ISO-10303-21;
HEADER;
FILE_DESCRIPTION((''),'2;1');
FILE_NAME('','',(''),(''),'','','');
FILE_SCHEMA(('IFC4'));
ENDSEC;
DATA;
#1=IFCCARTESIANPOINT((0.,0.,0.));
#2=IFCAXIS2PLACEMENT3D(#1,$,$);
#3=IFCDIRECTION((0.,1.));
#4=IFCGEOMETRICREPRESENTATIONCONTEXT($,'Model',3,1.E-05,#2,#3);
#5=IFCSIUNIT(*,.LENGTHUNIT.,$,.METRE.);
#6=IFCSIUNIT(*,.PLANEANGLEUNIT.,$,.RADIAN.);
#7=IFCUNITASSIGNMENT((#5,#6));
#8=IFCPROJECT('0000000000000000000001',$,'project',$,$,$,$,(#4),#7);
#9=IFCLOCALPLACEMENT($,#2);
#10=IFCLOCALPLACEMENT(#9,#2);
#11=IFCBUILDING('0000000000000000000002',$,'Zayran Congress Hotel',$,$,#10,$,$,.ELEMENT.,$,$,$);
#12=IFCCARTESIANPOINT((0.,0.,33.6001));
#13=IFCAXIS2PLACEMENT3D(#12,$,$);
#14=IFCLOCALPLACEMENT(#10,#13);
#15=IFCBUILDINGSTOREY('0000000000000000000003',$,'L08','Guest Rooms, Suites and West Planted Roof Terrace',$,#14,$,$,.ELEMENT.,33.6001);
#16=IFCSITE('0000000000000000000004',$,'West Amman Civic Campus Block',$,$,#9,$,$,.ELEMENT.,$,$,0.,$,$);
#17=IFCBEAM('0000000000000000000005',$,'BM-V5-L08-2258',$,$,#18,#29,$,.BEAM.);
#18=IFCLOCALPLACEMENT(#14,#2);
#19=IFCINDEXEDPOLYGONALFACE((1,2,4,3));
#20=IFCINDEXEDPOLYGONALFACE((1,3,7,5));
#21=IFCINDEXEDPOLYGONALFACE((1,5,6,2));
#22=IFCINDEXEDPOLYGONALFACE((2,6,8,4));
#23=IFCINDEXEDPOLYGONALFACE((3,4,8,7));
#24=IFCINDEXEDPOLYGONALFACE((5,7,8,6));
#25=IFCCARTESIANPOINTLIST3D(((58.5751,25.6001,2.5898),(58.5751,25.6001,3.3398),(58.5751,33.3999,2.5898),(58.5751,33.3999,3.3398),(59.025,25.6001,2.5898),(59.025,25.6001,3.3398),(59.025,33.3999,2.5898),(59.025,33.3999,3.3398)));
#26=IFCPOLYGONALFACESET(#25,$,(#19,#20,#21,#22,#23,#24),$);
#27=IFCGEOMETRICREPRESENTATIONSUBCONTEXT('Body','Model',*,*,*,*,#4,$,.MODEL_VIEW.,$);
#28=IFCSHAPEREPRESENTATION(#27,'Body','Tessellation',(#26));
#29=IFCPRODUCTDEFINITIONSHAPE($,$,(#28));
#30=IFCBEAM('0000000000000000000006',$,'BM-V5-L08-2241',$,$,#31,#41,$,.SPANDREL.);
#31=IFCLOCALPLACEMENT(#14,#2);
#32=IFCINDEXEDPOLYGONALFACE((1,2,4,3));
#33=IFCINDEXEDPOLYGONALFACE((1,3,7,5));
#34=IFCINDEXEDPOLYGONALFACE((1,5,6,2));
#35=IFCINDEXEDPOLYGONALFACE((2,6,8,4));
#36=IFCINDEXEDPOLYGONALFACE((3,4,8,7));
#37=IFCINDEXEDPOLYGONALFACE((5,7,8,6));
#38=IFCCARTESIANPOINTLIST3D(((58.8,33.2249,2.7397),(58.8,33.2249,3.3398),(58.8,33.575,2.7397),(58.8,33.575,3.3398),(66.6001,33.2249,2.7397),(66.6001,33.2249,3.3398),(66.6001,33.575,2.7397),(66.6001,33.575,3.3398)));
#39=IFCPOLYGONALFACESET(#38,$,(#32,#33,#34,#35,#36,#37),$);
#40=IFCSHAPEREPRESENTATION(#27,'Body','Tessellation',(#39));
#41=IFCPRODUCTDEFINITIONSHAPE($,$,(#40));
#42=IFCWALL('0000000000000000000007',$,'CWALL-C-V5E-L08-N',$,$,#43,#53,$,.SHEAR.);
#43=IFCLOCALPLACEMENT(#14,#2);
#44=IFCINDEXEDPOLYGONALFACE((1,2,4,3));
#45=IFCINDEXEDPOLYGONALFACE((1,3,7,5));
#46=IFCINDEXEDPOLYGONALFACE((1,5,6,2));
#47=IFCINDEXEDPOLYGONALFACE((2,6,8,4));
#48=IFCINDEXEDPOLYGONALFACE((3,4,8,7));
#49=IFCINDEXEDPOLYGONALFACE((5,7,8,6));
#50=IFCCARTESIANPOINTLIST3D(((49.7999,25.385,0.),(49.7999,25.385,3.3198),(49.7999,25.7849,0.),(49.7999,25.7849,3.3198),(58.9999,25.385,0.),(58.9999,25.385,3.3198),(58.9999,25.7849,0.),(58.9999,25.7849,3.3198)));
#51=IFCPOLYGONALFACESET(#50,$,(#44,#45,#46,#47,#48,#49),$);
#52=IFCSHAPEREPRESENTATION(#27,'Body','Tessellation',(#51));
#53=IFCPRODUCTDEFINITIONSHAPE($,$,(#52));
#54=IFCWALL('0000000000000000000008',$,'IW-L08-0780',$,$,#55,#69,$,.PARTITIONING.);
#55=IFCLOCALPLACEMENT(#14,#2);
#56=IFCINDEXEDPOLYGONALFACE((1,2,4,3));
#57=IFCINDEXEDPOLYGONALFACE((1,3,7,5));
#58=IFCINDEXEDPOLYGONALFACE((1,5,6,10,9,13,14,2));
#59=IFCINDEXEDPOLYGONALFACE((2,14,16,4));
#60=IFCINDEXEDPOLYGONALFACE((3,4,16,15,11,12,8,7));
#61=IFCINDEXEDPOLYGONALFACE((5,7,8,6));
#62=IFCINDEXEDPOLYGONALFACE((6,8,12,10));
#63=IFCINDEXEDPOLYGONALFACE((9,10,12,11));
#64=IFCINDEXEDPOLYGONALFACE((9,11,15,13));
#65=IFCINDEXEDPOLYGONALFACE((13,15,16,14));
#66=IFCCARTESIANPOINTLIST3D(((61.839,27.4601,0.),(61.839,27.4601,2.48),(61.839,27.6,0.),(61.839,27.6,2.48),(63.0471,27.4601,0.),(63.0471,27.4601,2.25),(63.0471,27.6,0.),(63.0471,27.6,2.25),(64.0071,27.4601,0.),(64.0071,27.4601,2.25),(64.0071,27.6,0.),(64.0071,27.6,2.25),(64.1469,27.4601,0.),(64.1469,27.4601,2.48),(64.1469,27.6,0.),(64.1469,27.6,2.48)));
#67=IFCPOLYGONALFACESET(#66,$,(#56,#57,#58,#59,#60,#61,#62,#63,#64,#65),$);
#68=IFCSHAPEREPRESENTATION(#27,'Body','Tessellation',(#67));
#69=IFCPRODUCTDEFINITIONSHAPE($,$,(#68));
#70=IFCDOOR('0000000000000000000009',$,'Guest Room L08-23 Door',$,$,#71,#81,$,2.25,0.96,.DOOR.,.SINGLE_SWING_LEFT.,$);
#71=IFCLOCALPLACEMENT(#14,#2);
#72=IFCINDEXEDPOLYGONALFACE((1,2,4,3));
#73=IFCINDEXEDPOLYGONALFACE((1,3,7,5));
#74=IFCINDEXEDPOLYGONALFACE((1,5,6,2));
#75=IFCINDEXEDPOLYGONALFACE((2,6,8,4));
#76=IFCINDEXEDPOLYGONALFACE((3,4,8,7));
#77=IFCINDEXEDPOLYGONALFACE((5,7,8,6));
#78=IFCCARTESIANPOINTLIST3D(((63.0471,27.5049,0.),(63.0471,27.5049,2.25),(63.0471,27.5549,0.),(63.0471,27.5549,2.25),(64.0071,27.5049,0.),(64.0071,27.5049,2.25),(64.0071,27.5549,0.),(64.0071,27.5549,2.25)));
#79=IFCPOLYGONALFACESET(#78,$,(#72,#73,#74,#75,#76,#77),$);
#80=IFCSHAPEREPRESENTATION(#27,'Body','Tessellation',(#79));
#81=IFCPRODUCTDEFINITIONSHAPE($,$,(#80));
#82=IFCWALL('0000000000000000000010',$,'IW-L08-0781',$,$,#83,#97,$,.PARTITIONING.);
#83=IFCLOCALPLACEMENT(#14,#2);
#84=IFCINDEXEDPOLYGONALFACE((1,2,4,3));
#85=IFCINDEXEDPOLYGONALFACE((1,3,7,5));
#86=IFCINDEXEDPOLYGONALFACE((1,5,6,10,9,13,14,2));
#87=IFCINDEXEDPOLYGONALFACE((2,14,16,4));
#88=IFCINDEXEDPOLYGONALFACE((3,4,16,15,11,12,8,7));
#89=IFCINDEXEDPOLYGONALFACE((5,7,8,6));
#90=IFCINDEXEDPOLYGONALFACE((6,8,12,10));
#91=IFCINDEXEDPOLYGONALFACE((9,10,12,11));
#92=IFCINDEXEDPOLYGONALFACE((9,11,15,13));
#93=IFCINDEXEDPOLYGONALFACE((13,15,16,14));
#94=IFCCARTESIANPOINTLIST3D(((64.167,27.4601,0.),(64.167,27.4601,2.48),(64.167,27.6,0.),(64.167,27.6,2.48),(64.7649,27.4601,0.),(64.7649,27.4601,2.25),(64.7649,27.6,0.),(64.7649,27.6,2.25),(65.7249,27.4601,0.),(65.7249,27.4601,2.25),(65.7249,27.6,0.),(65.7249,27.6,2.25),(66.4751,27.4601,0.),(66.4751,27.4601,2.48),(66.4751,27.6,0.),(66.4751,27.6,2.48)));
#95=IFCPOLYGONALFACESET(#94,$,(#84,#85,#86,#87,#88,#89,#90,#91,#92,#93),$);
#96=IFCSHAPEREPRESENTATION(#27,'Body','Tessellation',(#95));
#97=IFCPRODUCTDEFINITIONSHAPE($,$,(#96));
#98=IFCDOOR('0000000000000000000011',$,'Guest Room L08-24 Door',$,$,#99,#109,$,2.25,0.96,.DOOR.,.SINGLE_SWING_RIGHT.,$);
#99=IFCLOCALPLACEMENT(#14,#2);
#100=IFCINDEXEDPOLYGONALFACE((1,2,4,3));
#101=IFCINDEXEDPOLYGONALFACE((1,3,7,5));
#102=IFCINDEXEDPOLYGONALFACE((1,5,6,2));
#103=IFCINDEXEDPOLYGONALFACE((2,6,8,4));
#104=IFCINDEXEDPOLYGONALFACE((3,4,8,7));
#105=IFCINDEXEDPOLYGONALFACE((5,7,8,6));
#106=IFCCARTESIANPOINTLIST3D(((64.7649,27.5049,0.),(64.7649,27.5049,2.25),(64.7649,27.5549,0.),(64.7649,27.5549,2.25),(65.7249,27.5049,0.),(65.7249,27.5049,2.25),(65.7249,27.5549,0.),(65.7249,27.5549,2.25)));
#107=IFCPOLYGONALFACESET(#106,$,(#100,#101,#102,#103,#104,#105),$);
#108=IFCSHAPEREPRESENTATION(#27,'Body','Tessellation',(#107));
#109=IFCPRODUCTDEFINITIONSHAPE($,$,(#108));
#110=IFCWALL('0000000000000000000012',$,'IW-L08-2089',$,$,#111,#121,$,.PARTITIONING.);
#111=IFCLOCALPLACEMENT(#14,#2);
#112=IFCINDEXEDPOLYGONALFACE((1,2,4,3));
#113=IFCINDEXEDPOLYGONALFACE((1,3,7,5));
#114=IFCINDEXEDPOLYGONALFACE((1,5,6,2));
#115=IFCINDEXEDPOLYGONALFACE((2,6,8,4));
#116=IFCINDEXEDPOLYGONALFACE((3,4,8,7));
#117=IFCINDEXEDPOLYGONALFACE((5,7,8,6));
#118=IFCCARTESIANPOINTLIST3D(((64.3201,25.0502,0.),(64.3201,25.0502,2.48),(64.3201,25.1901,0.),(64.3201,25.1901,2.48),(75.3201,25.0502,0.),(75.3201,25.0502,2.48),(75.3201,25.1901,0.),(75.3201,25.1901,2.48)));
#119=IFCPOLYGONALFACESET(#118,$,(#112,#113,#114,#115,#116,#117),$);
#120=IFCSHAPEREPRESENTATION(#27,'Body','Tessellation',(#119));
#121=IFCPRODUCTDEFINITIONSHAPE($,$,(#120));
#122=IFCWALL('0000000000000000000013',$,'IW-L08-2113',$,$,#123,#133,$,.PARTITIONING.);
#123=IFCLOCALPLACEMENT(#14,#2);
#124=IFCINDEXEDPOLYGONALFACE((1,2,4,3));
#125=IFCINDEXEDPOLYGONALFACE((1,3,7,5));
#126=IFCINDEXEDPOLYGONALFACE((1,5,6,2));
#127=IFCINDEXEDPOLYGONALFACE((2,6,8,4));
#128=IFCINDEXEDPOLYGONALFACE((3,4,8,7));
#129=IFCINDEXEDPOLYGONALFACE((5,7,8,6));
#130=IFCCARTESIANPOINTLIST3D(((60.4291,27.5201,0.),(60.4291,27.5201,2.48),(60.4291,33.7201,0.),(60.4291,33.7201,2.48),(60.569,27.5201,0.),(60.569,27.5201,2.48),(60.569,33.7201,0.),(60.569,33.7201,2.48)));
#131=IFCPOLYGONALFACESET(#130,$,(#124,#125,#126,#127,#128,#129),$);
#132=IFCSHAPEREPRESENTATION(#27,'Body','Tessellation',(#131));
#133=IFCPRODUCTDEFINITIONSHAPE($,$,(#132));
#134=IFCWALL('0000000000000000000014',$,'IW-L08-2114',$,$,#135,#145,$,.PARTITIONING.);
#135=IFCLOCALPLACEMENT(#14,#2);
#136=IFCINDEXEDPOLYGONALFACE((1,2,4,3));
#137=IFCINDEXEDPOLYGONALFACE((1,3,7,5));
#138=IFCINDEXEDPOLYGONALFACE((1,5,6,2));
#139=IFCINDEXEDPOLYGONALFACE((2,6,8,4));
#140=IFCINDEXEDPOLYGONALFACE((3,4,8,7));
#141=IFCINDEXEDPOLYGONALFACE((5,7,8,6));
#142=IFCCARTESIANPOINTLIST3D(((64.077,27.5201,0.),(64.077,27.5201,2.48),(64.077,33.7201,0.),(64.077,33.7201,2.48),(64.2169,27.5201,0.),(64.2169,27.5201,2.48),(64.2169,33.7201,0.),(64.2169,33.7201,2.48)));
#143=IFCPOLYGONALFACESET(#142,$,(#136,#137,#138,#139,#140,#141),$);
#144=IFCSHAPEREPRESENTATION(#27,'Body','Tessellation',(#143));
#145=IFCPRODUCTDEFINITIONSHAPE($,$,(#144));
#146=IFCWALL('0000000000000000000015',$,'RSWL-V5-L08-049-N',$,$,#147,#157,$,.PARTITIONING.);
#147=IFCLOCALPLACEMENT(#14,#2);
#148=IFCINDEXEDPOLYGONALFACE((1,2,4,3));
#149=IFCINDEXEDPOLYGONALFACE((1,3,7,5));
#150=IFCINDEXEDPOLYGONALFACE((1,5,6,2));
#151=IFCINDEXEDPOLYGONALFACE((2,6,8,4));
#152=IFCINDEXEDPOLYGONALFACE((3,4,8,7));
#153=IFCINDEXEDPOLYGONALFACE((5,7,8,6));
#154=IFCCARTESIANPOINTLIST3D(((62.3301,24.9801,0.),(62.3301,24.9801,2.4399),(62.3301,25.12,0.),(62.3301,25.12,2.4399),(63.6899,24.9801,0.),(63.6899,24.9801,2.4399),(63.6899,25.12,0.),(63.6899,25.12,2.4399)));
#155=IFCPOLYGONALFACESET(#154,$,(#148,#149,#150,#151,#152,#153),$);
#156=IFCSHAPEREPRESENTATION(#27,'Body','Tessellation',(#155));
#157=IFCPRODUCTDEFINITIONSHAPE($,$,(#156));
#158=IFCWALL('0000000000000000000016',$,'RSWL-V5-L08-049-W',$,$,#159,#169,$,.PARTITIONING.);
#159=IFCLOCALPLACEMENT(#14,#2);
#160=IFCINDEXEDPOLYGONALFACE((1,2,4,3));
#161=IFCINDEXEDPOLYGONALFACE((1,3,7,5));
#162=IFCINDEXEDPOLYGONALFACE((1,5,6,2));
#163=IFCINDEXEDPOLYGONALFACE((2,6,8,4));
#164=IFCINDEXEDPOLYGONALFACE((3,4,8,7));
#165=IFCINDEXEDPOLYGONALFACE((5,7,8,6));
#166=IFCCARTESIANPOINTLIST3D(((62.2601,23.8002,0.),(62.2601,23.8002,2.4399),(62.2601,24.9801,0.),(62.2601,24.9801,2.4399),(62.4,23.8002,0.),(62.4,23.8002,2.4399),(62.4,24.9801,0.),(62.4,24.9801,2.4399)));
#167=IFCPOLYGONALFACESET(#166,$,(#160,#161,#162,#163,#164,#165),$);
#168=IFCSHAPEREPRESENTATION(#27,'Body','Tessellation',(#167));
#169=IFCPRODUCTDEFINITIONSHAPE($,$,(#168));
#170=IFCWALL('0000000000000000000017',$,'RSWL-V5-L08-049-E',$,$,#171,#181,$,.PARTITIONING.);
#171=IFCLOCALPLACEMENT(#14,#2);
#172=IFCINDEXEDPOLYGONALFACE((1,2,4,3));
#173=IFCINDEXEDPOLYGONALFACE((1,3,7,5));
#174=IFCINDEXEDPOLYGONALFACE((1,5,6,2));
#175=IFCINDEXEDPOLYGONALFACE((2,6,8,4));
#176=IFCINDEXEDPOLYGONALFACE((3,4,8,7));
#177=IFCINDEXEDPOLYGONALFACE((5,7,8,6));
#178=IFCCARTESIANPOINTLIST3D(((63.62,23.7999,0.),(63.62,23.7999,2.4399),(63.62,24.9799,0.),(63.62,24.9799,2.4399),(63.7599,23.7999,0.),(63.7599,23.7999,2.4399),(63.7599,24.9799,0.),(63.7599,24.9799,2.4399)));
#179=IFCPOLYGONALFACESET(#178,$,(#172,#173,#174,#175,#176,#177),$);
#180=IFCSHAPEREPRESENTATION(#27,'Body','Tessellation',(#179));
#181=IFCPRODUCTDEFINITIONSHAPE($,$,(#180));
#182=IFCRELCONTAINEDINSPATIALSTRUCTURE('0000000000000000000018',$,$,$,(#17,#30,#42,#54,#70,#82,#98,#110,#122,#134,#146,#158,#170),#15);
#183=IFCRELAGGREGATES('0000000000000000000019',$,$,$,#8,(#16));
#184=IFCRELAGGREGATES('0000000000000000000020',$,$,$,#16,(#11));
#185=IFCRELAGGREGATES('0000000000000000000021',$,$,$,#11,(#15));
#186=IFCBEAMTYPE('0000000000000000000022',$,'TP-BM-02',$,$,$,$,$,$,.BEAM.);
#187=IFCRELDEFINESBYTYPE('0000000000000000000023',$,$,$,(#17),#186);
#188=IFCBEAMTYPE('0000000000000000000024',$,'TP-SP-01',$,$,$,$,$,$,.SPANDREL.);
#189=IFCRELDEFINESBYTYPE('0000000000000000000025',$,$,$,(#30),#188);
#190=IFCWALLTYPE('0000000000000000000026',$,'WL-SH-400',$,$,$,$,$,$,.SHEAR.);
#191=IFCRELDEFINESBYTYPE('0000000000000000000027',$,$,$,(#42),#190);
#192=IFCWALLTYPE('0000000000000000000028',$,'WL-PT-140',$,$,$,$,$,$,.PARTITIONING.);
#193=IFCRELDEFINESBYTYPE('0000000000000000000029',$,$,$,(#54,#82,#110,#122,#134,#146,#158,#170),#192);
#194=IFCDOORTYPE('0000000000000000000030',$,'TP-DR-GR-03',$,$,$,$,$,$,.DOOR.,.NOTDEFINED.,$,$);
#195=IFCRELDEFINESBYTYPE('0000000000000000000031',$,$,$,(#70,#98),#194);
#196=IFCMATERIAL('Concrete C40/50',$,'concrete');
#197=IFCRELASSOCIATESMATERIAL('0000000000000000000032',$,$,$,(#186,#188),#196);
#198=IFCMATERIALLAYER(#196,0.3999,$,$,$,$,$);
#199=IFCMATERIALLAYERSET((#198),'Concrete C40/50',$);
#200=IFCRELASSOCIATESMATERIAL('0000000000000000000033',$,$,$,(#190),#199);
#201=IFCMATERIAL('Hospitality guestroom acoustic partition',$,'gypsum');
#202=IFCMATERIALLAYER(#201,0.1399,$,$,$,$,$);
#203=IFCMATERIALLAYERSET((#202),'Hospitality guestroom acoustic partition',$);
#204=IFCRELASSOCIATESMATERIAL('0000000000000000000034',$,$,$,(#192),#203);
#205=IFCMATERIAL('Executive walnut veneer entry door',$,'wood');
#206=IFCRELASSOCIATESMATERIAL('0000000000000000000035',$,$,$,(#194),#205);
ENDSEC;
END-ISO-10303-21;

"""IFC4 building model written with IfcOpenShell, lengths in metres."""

from ifc_helpers import new_model, si_unit, direction, frame, frame_2d, origin, origin_2d, place, context, subcontext, project, spatial, rectangle, extrude, material, layer, layer_set, material_profile, profile_set, type_object, element, fill, save


model = new_model("IFC4")

# Units and contexts
model_context = context("Model", 3, precision=1e-05, world=origin(), true_north=direction((0.0, 1.0)))
body_context = subcontext(model_context, "Body", "Model", "MODEL_VIEW")
ifc_project = project(units=[si_unit("LENGTHUNIT", "METRE"), si_unit("PLANEANGLEUNIT", "RADIAN")], contexts=[model_context])

# Site, building, storey
site_placement = place(None, origin())
site = spatial("IfcSite", under=ifc_project, at=site_placement, Name="West Amman Civic Campus Block", CompositionType="ELEMENT", RefElevation=0.0)
building_placement = place(site_placement, origin())
building = spatial("IfcBuilding", under=site, at=building_placement, Name="Zayran Congress Hotel", CompositionType="ELEMENT")
storey_placement = place(building_placement, frame((0.0, 0.0, 33.6001)))
storey = spatial("IfcBuildingStorey", under=building, at=storey_placement, Name="L08", Description="Guest Rooms, Suites and West Planted Roof Terrace", CompositionType="ELEMENT", Elevation=33.6001)

# Beams
ifc_material_1 = material(Name="Concrete C40/50", Category="concrete")
ifc_material_profile_1 = material_profile(ifc_material_1, rectangle(XDim=0.45, YDim=0.75, at=origin_2d()), Name="RC 450x750")
ifc_profile_set_1 = profile_set([ifc_material_profile_1], Name="Concrete C40/50")
beam_type_1 = type_object("IfcBeamType", Name="TP-BM-02", PredefinedType="BEAM", material=ifc_profile_set_1)
beam_1_placement = place(storey_placement, frame((58.8, 25.6001, 2.9648), z_axis=(0.0, 1.0, 0.0), x_axis=(-1.0, 0.0, 0.0)))
element("IfcBeam", 1, at=beam_1_placement, inside=storey, type_object=beam_type_1, Name="BM-V5-L08-2258", PredefinedType="BEAM", context=body_context, shape_type="SweptSolid", body=[
    extrude(rectangle(XDim=0.45, YDim=0.75, at=origin_2d()), origin(), (0.0, 0.0, 1.0), 7.7998),
])
ifc_material_profile_2 = material_profile(ifc_material_1, rectangle(XDim=0.3501, YDim=0.6001, at=origin_2d()), Name="RC 350x600")
ifc_profile_set_2 = profile_set([ifc_material_profile_2], Name="Concrete C40/50")
beam_type_2 = type_object("IfcBeamType", Name="TP-SP-01", PredefinedType="SPANDREL", material=ifc_profile_set_2)
beam_2_placement = place(storey_placement, frame((58.8, 33.3999, 3.0398), z_axis=(1.0, 0.0, 0.0), x_axis=(0.0, 1.0, 0.0)))
element("IfcBeam", 2, at=beam_2_placement, inside=storey, type_object=beam_type_2, Name="BM-V5-L08-2241", PredefinedType="SPANDREL", context=body_context, shape_type="SweptSolid", body=[
    extrude(rectangle(XDim=0.3501, YDim=0.6001, at=origin_2d()), origin(), (0.0, 0.0, 1.0), 7.8),
])

# Wall
ifc_layer_1 = layer(ifc_material_1, 0.3999)
ifc_layer_set_1 = layer_set([ifc_layer_1], Name="Concrete C40/50")
wall_type_1 = type_object("IfcWallType", Name="WL-SH-400", PredefinedType="SHEAR", material=ifc_layer_set_1)
wall_1_placement = place(storey_placement, frame((59.0, 25.585, 0.0), z_axis=(0.0, 0.0, 1.0), x_axis=(-1.0, 0.0, 0.0)))
element("IfcWall", 3, at=wall_1_placement, inside=storey, type_object=wall_type_1, Name="CWALL-C-V5E-L08-N", PredefinedType="SHEAR", context=body_context, shape_type="SweptSolid", body=[
    extrude(rectangle(XDim=9.2, YDim=0.3999, at=frame_2d((4.6001, 0.0))), origin(), (0.0, 0.0, 1.0), 3.3198),
])

# Walls, openings, doors
ifc_material_2 = material(Name="Hospitality guestroom acoustic partition", Category="gypsum")
ifc_layer_2 = layer(ifc_material_2, 0.1399)
ifc_layer_set_2 = layer_set([ifc_layer_2], Name="Hospitality guestroom acoustic partition")
wall_type_2 = type_object("IfcWallType", Name="WL-PT-140", PredefinedType="PARTITIONING", material=ifc_layer_set_2)
wall_2_placement = place(storey_placement, frame((61.8391, 27.53, 0.0), z_axis=(0.0, 0.0, 1.0), x_axis=(1.0, 0.0, 0.0)))
wall_2 = element("IfcWall", 4, at=wall_2_placement, inside=storey, type_object=wall_type_2, Name="IW-L08-0780", PredefinedType="PARTITIONING", context=body_context, shape_type="SweptSolid", body=[
    extrude(rectangle(XDim=2.3079, YDim=0.1399, at=frame_2d((1.1538, 0.0))), origin(), (0.0, 0.0, 1.0), 2.48),
])
opening_1_placement = place(wall_2_placement, frame((1.208, 0.0, 0.0)))
opening_1 = element("IfcOpeningElement", 5, at=opening_1_placement, cuts=wall_2, PredefinedType="OPENING", context=body_context, shape_type="SweptSolid", body=[
    extrude(rectangle(XDim=0.96, YDim=2.25, at=frame_2d((0.48, 1.125))), frame((0.0, 0.0798, 0.0), z_axis=(0.0, -1.0, 0.0), x_axis=(1.0, 0.0, 0.0)), (0.0, 0.0, 1.0), 0.1599),
])
ifc_material_3 = material(Name="Executive walnut veneer entry door", Category="wood")
door_type_1 = type_object("IfcDoorType", Name="TP-DR-GR-03", OperationType="NOTDEFINED", PredefinedType="DOOR", material=ifc_material_3)
door_1_placement = place(opening_1_placement, origin())
door_1 = element("IfcDoor", 6, at=door_1_placement, inside=storey, type_object=door_type_1, Name="Guest Room L08-23 Door", OperationType="SINGLE_SWING_LEFT", OverallHeight=2.25, OverallWidth=0.96, PredefinedType="DOOR", context=body_context, shape_type="SweptSolid", body=[
    extrude(rectangle(XDim=0.96, YDim=2.25, at=frame_2d((0.48, 1.125))), frame((0.0, 0.0249, 0.0), z_axis=(0.0, -1.0, 0.0), x_axis=(1.0, 0.0, 0.0)), (0.0, 0.0, 1.0), 0.05),
])
fill(opening_1, door_1)
wall_3_placement = place(storey_placement, frame((64.167, 27.53, 0.0), z_axis=(0.0, 0.0, 1.0), x_axis=(1.0, 0.0, 0.0)))
wall_3 = element("IfcWall", 7, at=wall_3_placement, inside=storey, type_object=wall_type_2, Name="IW-L08-0781", PredefinedType="PARTITIONING", context=body_context, shape_type="SweptSolid", body=[
    extrude(rectangle(XDim=2.3081, YDim=0.1399, at=frame_2d((1.1541, 0.0))), origin(), (0.0, 0.0, 1.0), 2.48),
])
opening_2_placement = place(wall_3_placement, frame((0.5979, 0.0, 0.0)))
opening_2 = element("IfcOpeningElement", 8, at=opening_2_placement, cuts=wall_3, PredefinedType="OPENING", context=body_context, shape_type="SweptSolid", body=[
    extrude(rectangle(XDim=0.96, YDim=2.25, at=frame_2d((0.48, 1.125))), frame((0.0, 0.0798, 0.0), z_axis=(0.0, -1.0, 0.0), x_axis=(1.0, 0.0, 0.0)), (0.0, 0.0, 1.0), 0.1599),
])
door_2_placement = place(opening_2_placement, origin())
door_2 = element("IfcDoor", 9, at=door_2_placement, inside=storey, type_object=door_type_1, Name="Guest Room L08-24 Door", OperationType="SINGLE_SWING_RIGHT", OverallHeight=2.25, OverallWidth=0.96, PredefinedType="DOOR", context=body_context, shape_type="SweptSolid", body=[
    extrude(rectangle(XDim=0.96, YDim=2.25, at=frame_2d((0.48, 1.125))), frame((0.0, 0.0249, 0.0), z_axis=(0.0, -1.0, 0.0), x_axis=(1.0, 0.0, 0.0)), (0.0, 0.0, 1.0), 0.05),
])
fill(opening_2, door_2)

# Walls
wall_4_placement = place(storey_placement, frame((64.3201, 25.1201, 0.0), z_axis=(0.0, 0.0, 1.0), x_axis=(1.0, 0.0, 0.0)))
element("IfcWall", 10, at=wall_4_placement, inside=storey, type_object=wall_type_2, Name="IW-L08-2089", PredefinedType="PARTITIONING", context=body_context, shape_type="SweptSolid", body=[
    extrude(rectangle(XDim=11.0, YDim=0.1399, at=frame_2d((5.5, 0.0))), origin(), (0.0, 0.0, 1.0), 2.48),
])
for number, where, z_axis, x_axis, name in (
    (11, (60.499, 27.52, 0.0), (0.0, 0.0, 1.0), (0.0, 1.0, 0.0), "IW-L08-2113"),
    (12, (64.147, 27.52, 0.0), (0.0, 0.0, 1.0), (0.0, 1.0, 0.0), "IW-L08-2114"),
):
    element("IfcWall", number, at=place(storey_placement, frame(where, z_axis=z_axis, x_axis=x_axis)), inside=storey, type_object=wall_type_2, Name=name, PredefinedType="PARTITIONING", context=body_context, shape_type="SweptSolid", body=[
        extrude(rectangle(XDim=6.2, YDim=0.1399, at=frame_2d((3.1001, 0.0))), origin(), (0.0, 0.0, 1.0), 2.48),
    ])
wall_5_placement = place(storey_placement, frame((63.6899, 25.05, 0.0), z_axis=(0.0, 0.0, 1.0), x_axis=(-1.0, 0.0, 0.0)))
element("IfcWall", 13, at=wall_5_placement, inside=storey, type_object=wall_type_2, Name="RSWL-V5-L08-049-N", PredefinedType="PARTITIONING", context=body_context, shape_type="SweptSolid", body=[
    extrude(rectangle(XDim=1.3599, YDim=0.1399, at=frame_2d((0.6799, 0.0))), origin(), (0.0, 0.0, 1.0), 2.4399),
])
for number, where, z_axis, x_axis, name in (
    (14, (62.3301, 24.98, 0.0), (0.0, 0.0, 1.0), (0.0, -1.0, 0.0), "RSWL-V5-L08-049-W"),
    (15, (63.6899, 23.8, 0.0), (0.0, 0.0, 1.0), (0.0, 1.0, 0.0), "RSWL-V5-L08-049-E"),
):
    element("IfcWall", number, at=place(storey_placement, frame(where, z_axis=z_axis, x_axis=x_axis)), inside=storey, type_object=wall_type_2, Name=name, PredefinedType="PARTITIONING", context=body_context, shape_type="SweptSolid", body=[
        extrude(rectangle(XDim=1.1799, YDim=0.1399, at=frame_2d((0.5898, 0.0))), origin(), (0.0, 0.0, 1.0), 2.4399),
    ])

save(model, "model.ifc")
